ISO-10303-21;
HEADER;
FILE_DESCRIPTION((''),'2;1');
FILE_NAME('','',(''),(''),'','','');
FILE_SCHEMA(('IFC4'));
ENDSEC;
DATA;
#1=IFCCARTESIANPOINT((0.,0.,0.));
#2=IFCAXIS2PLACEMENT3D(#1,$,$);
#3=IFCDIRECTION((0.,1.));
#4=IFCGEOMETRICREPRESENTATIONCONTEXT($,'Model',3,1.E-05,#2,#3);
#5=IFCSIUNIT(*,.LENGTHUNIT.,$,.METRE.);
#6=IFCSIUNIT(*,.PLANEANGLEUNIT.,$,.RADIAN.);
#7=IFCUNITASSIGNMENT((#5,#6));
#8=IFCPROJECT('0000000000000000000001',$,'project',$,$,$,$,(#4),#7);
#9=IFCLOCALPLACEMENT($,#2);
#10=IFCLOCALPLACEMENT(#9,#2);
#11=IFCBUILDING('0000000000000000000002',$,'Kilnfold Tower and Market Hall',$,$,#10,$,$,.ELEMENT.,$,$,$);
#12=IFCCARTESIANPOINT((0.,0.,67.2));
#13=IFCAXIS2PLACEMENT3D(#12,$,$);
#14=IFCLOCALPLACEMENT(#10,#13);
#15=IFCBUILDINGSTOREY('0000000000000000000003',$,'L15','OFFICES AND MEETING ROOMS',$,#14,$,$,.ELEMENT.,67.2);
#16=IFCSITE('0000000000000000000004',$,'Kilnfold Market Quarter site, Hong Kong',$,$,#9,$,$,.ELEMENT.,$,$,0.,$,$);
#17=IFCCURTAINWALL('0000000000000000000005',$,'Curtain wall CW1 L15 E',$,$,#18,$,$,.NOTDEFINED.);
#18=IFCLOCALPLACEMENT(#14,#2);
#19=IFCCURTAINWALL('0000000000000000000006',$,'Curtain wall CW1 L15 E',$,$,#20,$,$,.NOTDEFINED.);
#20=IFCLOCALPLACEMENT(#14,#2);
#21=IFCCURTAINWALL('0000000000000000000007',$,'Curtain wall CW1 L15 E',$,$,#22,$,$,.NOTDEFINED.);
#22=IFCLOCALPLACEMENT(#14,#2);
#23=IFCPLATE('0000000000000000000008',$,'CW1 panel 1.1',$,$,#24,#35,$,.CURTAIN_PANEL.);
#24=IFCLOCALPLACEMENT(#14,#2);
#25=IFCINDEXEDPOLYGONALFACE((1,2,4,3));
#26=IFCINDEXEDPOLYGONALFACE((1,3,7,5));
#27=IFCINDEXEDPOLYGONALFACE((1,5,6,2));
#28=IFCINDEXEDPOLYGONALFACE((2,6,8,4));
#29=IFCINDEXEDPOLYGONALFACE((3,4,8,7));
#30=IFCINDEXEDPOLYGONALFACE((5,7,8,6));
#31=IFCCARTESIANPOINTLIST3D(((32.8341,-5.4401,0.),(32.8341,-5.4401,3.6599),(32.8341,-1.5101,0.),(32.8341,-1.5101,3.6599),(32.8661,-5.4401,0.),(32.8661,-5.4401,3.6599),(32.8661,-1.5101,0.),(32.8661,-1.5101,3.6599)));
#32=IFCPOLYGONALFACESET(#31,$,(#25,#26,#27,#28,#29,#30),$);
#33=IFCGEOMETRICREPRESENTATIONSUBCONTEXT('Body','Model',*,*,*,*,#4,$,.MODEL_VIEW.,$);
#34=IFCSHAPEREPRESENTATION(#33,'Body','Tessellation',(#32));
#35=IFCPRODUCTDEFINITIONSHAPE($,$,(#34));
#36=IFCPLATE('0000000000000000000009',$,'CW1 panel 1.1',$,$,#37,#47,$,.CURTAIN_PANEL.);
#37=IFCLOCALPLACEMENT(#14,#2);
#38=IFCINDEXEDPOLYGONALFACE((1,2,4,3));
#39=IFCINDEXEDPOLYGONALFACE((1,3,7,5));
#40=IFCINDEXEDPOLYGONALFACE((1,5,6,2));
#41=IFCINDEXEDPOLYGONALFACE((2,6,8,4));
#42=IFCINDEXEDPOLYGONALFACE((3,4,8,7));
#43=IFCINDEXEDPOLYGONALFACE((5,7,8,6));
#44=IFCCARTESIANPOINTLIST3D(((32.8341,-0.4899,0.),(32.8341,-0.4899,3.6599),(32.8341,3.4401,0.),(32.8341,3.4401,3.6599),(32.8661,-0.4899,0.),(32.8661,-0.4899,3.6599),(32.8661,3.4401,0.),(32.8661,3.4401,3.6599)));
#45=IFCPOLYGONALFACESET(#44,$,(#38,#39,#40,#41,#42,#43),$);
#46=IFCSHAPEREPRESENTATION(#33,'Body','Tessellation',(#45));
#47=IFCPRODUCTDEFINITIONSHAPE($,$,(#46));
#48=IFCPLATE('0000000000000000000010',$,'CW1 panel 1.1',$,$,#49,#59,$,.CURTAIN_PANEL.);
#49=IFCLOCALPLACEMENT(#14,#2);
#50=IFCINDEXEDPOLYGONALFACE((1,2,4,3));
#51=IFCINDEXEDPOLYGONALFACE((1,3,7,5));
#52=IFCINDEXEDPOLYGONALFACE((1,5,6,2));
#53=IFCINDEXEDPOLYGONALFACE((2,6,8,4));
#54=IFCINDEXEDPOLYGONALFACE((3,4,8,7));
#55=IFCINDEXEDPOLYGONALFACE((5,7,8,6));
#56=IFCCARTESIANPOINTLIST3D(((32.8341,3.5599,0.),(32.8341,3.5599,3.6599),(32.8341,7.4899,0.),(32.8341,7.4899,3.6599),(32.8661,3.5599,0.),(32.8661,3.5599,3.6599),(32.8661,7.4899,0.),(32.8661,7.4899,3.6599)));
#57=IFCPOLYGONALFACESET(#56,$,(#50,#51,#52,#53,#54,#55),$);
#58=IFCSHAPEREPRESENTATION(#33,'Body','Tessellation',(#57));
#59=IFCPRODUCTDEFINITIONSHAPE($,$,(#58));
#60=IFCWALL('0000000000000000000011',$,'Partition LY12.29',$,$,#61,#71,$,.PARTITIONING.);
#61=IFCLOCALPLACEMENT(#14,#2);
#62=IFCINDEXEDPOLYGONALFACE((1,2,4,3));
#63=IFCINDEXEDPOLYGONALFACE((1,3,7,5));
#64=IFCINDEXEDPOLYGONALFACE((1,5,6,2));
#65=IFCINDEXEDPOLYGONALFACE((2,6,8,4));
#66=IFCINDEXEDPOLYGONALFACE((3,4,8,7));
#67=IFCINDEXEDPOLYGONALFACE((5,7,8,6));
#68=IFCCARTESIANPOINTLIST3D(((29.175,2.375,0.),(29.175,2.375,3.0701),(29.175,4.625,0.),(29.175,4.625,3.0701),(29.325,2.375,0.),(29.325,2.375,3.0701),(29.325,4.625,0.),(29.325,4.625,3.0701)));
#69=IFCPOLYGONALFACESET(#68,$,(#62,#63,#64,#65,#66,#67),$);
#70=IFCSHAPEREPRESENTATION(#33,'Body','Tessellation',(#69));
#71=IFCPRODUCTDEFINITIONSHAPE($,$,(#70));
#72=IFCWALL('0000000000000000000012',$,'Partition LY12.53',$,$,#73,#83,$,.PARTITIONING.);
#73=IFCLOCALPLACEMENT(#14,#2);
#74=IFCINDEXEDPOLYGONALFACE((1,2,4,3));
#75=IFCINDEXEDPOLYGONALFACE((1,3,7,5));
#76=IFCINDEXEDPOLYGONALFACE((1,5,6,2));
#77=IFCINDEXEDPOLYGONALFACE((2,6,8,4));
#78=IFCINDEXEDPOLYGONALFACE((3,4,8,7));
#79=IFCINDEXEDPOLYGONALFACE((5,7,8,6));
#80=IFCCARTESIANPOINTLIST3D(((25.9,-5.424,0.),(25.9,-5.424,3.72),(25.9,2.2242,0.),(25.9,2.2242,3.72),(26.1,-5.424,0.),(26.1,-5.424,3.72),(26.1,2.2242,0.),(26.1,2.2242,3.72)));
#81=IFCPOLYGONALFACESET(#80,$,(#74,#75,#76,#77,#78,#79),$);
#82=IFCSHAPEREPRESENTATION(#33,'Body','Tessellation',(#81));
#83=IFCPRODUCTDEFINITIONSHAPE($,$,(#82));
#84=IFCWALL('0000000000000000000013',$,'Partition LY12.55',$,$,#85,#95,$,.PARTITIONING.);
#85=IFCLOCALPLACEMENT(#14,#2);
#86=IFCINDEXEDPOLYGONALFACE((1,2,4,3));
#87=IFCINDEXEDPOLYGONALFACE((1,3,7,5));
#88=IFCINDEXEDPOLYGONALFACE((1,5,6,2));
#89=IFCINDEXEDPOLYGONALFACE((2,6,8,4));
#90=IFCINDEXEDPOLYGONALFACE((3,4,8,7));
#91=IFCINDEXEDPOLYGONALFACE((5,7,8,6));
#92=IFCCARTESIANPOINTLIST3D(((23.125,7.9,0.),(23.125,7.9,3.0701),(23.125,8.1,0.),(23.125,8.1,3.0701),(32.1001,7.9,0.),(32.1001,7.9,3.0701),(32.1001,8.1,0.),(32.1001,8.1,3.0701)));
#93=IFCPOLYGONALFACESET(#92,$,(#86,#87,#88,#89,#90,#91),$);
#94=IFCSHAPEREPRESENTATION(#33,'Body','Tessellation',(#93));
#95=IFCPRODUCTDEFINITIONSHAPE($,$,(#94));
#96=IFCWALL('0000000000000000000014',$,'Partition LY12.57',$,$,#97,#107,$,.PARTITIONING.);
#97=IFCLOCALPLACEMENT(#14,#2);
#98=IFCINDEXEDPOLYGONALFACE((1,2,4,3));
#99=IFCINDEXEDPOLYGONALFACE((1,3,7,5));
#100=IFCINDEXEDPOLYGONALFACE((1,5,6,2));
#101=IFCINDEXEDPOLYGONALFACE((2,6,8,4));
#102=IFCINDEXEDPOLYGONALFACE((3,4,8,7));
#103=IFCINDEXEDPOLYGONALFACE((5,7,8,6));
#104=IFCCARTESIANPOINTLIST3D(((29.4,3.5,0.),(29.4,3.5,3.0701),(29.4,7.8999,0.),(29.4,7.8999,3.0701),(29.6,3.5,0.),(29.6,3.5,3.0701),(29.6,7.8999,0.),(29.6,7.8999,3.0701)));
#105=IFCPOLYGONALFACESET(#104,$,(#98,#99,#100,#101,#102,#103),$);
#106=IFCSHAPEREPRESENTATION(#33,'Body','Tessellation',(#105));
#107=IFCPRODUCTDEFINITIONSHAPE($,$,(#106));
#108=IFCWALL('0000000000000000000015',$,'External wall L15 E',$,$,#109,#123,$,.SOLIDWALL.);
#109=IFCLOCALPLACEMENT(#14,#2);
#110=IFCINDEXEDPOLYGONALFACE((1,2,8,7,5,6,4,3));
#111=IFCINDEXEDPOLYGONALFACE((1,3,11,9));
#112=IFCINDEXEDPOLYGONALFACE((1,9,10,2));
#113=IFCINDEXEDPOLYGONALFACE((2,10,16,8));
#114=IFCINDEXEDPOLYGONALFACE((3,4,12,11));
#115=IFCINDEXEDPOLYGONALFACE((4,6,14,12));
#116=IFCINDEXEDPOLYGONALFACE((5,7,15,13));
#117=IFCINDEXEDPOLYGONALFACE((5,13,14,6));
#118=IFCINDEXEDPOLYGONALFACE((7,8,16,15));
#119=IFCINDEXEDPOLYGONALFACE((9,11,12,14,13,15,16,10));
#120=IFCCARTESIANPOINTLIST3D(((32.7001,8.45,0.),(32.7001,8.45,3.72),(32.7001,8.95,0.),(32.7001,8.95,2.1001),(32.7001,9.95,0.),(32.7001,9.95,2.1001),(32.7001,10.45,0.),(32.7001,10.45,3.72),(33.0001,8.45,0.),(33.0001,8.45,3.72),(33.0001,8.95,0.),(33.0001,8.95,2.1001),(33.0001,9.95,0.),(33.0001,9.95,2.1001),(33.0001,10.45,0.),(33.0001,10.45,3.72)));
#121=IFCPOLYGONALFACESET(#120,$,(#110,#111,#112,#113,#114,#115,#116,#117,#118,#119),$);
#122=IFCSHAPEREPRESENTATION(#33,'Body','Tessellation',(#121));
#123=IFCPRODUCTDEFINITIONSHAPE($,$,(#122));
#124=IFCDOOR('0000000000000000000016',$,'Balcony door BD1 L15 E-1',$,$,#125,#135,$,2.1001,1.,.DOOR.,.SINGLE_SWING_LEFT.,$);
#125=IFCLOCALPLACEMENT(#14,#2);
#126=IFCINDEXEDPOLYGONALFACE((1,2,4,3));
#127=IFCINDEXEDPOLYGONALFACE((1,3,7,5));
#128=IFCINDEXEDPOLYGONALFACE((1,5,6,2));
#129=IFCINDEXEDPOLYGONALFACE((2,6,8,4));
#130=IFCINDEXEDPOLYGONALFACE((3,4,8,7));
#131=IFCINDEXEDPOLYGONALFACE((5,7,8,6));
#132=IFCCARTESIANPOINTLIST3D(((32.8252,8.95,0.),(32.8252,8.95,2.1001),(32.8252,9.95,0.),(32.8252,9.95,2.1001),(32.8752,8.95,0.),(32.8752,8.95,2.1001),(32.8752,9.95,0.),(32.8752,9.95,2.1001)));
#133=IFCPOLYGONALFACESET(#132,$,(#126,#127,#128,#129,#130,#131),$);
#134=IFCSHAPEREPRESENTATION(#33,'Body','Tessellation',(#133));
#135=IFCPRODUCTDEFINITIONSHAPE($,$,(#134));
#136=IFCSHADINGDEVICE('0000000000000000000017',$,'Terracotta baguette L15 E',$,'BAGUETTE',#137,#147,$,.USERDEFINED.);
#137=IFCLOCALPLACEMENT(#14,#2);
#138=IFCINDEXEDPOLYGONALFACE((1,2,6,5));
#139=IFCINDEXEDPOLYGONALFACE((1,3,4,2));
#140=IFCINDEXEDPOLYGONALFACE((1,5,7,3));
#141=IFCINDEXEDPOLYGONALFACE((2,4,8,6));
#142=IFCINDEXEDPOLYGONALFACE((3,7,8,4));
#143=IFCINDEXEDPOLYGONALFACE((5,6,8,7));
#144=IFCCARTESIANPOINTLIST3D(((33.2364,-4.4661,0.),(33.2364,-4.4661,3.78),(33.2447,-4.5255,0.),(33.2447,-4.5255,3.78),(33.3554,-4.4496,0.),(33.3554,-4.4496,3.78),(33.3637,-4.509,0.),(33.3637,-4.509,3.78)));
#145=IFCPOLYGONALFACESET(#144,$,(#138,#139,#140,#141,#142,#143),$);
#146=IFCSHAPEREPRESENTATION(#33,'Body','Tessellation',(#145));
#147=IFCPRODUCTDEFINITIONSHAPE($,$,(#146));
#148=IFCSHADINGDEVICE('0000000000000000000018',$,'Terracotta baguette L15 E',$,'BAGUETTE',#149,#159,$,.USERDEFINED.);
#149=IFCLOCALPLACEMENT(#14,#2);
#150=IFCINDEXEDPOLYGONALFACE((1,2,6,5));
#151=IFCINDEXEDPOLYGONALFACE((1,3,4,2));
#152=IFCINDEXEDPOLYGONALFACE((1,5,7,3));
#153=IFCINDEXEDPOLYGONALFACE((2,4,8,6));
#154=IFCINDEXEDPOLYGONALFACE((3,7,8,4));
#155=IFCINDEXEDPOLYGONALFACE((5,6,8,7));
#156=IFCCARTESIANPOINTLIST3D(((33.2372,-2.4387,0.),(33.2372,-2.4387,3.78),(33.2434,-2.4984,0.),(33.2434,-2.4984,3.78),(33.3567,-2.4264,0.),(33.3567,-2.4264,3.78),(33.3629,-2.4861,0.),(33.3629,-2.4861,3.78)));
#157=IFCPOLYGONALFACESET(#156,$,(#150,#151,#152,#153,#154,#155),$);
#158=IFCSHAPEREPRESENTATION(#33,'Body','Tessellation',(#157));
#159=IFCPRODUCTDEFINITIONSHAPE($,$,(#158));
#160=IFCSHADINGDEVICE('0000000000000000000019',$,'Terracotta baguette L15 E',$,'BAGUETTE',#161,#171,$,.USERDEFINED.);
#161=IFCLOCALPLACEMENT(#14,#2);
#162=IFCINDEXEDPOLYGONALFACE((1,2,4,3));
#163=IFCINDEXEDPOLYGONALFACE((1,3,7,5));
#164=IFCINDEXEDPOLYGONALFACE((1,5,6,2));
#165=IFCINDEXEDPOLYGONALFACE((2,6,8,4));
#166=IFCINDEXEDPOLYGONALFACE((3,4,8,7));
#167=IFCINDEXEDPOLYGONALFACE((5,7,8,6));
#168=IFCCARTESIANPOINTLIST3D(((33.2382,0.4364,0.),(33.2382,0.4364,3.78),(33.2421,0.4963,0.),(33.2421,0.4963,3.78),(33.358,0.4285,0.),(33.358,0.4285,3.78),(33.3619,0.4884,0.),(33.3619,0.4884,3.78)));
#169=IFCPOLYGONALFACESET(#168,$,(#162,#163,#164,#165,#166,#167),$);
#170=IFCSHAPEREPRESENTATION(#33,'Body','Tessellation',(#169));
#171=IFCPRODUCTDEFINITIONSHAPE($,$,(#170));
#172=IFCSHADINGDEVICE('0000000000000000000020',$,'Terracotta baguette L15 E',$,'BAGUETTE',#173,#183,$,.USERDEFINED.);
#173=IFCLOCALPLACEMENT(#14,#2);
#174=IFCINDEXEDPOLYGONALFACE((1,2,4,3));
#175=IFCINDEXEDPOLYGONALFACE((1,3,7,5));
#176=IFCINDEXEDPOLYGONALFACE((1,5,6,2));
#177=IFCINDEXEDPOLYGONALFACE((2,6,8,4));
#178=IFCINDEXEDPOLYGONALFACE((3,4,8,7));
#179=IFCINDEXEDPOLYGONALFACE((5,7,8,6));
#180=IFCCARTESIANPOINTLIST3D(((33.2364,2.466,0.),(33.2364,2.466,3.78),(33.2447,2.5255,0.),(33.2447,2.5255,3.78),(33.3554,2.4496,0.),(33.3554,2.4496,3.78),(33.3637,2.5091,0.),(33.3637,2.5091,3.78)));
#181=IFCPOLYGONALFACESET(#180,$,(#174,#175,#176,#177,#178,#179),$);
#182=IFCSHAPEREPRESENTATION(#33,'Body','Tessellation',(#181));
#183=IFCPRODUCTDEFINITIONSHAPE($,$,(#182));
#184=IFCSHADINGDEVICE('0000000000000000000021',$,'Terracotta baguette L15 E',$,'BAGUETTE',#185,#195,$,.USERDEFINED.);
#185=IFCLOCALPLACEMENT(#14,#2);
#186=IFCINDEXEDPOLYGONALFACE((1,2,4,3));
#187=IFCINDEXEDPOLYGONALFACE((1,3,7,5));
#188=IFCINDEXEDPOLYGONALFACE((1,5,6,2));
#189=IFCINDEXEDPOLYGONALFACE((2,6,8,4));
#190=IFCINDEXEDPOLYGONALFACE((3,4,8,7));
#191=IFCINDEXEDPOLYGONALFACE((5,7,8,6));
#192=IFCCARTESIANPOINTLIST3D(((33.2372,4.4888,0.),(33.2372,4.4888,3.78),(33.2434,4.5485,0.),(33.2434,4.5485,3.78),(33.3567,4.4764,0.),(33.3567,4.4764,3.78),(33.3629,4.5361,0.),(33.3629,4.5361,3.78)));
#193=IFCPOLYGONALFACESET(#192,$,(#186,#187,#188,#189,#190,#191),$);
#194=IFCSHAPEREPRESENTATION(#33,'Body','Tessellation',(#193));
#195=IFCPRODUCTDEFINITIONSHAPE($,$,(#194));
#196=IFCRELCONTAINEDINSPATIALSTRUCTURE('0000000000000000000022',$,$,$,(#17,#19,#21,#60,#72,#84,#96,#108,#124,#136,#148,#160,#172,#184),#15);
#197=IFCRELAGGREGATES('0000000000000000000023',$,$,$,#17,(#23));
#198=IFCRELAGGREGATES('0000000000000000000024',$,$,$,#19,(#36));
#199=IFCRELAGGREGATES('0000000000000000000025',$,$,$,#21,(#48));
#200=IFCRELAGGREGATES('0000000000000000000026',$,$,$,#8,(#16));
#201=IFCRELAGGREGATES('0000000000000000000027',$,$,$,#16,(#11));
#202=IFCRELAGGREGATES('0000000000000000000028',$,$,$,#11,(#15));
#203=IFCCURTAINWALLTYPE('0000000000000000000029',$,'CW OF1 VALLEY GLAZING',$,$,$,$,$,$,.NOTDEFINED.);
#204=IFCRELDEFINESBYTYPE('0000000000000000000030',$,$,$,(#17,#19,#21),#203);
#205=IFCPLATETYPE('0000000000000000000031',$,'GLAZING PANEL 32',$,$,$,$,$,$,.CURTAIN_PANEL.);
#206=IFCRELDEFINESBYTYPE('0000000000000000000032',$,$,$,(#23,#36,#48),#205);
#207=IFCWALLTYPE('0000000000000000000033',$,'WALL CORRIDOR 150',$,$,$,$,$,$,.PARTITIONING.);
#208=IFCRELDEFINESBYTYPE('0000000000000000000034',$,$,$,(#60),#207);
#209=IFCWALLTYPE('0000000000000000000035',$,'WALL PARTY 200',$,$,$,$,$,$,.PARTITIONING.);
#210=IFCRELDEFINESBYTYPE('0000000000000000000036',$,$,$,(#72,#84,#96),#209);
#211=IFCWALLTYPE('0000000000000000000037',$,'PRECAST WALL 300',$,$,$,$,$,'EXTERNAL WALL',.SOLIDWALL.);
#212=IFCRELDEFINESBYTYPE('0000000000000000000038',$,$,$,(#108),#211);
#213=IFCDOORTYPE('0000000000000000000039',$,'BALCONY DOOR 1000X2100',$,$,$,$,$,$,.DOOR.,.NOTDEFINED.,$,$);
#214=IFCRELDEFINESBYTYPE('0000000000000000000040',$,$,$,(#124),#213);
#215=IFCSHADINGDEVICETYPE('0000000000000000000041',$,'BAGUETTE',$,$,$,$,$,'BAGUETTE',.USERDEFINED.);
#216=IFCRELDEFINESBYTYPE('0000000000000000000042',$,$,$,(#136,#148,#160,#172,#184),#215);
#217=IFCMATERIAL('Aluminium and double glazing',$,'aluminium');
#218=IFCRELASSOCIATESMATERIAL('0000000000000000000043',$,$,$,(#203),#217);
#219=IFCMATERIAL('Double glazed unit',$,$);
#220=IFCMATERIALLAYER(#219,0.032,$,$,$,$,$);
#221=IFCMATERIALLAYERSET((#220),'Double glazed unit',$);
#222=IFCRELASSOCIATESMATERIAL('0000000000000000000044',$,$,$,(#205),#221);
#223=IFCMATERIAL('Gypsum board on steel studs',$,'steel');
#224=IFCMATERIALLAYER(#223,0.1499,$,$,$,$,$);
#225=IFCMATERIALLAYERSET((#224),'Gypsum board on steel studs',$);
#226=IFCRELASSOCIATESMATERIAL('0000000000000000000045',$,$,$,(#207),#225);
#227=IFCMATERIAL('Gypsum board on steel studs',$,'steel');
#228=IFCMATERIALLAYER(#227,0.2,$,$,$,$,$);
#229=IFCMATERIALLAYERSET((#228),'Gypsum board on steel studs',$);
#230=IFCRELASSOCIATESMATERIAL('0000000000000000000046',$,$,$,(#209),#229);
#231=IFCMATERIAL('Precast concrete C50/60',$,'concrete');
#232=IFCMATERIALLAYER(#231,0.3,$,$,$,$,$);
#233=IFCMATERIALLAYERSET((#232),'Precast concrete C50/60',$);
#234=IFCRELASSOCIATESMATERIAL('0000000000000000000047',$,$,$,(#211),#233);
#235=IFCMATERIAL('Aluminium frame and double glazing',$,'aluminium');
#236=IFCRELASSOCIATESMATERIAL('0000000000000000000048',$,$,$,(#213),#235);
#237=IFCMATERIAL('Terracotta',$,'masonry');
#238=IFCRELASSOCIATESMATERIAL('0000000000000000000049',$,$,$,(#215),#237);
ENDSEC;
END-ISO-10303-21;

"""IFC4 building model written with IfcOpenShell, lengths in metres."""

from ifc_helpers import new_model, si_unit, direction, frame, frame_2d, origin, origin_2d, place, context, subcontext, project, spatial, rectangle, extrude, source, transform, mapped, material, layer, layer_set, material_profile, profile_set, type_object, element, fill, aggregate, save


model = new_model("IFC4")

# Units and contexts
model_context = context("Model", 3, precision=1e-05, world=origin(), true_north=direction((0.0, 1.0)))
body_context = subcontext(model_context, "Body", "Model", "MODEL_VIEW")
ifc_project = project(units=[si_unit("LENGTHUNIT", "METRE"), si_unit("PLANEANGLEUNIT", "RADIAN")], contexts=[model_context])

# Site, building, storey
site_placement = place(None, origin())
site = spatial("IfcSite", under=ifc_project, at=site_placement, Name="Kilnfold Market Quarter site, Hong Kong", CompositionType="ELEMENT", RefElevation=0.0)
building_placement = place(site_placement, origin())
building = spatial("IfcBuilding", under=site, at=building_placement, Name="Kilnfold Tower and Market Hall", CompositionType="ELEMENT")
storey_placement = place(building_placement, frame((0.0, 0.0, 67.2)))
storey = spatial("IfcBuildingStorey", under=building, at=storey_placement, Name="L15", Description="OFFICES AND MEETING ROOMS", CompositionType="ELEMENT", Elevation=67.2)

# Shared definitions
ifc_material_1 = material(Name="Aluminium and double glazing", Category="aluminium")
curtain_wall_type = type_object("IfcCurtainWallType", Name="CW OF1 VALLEY GLAZING", PredefinedType="NOTDEFINED", material=ifc_material_1)

# Curtain walls
curtain_wall_1_placement = place(storey_placement, origin())
curtain_wall_1 = element("IfcCurtainWall", 1, at=curtain_wall_1_placement, inside=storey, type_object=curtain_wall_type, Name="Curtain wall CW1 L15 E", PredefinedType="NOTDEFINED")
curtain_wall_2_placement = place(storey_placement, origin())
curtain_wall_2 = element("IfcCurtainWall", 2, at=curtain_wall_2_placement, inside=storey, type_object=curtain_wall_type, Name="Curtain wall CW1 L15 E", PredefinedType="NOTDEFINED")
curtain_wall_3_placement = place(storey_placement, origin())
curtain_wall_3 = element("IfcCurtainWall", 3, at=curtain_wall_3_placement, inside=storey, type_object=curtain_wall_type, Name="Curtain wall CW1 L15 E", PredefinedType="NOTDEFINED")

# Plates
ifc_material_2 = material(Name="Double glazed unit")
ifc_layer_1 = layer(ifc_material_2, 0.032)
ifc_layer_set_1 = layer_set([ifc_layer_1], Name="Double glazed unit")
plate_type = type_object("IfcPlateType", Name="GLAZING PANEL 32", PredefinedType="CURTAIN_PANEL", material=ifc_layer_set_1)
shared_shape_1 = source(origin(), body_context, "Body", "SweptSolid", [
    extrude(rectangle(XDim=3.9299, YDim=0.032, at=origin_2d()), origin(), (0.0, 0.0, 1.0), 3.6599),
])
plate_1_placement = place(storey_placement, frame((32.8501, -3.4751, 0.0), z_axis=(0.0, 0.0, 1.0), x_axis=(0.0, 1.0, 0.0)))
plate_1 = element("IfcPlate", 4, at=plate_1_placement, type_object=plate_type, Name="CW1 panel 1.1", PredefinedType="CURTAIN_PANEL", context=body_context, shape_type="MappedRepresentation", body=[
    mapped(shared_shape_1, transform((0.0, 0.0, 0.0))),
])
aggregate(curtain_wall_1, [plate_1])
plate_2_placement = place(storey_placement, frame((32.8501, 1.4751, 0.0), z_axis=(0.0, 0.0, 1.0), x_axis=(0.0, 1.0, 0.0)))
plate_2 = element("IfcPlate", 5, at=plate_2_placement, type_object=plate_type, Name="CW1 panel 1.1", PredefinedType="CURTAIN_PANEL", context=body_context, shape_type="MappedRepresentation", body=[
    mapped(shared_shape_1, transform((0.0, 0.0, 0.0))),
])
aggregate(curtain_wall_2, [plate_2])
plate_3_placement = place(storey_placement, frame((32.8501, 5.5249, 0.0), z_axis=(0.0, 0.0, 1.0), x_axis=(0.0, 1.0, 0.0)))
plate_3 = element("IfcPlate", 6, at=plate_3_placement, type_object=plate_type, Name="CW1 panel 1.1", PredefinedType="CURTAIN_PANEL", context=body_context, shape_type="MappedRepresentation", body=[
    mapped(shared_shape_1, transform((0.0, 0.0, 0.0))),
])
aggregate(curtain_wall_3, [plate_3])

# Walls
ifc_material_3 = material(Name="Gypsum board on steel studs", Category="steel")
ifc_layer_2 = layer(ifc_material_3, 0.1499)
ifc_layer_set_2 = layer_set([ifc_layer_2], Name="Gypsum board on steel studs")
wall_type_1 = type_object("IfcWallType", Name="WALL CORRIDOR 150", PredefinedType="PARTITIONING", material=ifc_layer_set_2)
wall_1_placement = place(storey_placement, frame((29.25, 2.375, 0.0), z_axis=(0.0, 0.0, 1.0), x_axis=(0.0, 1.0, 0.0)))
element("IfcWall", 7, at=wall_1_placement, inside=storey, type_object=wall_type_1, Name="Partition LY12.29", PredefinedType="PARTITIONING", context=body_context, shape_type="SweptSolid", body=[
    extrude(rectangle(XDim=2.25, YDim=0.1499, at=frame_2d((1.125, 0.0))), origin(), (0.0, 0.0, 1.0), 3.0701),
])
ifc_material_4 = material(Name="Gypsum board on steel studs", Category="steel")
ifc_layer_3 = layer(ifc_material_4, 0.2)
ifc_layer_set_3 = layer_set([ifc_layer_3], Name="Gypsum board on steel studs")
wall_type_2 = type_object("IfcWallType", Name="WALL PARTY 200", PredefinedType="PARTITIONING", material=ifc_layer_set_3)
wall_2_placement = place(storey_placement, frame((26.0, -5.4241, 0.0), z_axis=(0.0, 0.0, 1.0), x_axis=(0.0, 1.0, 0.0)))
element("IfcWall", 8, at=wall_2_placement, inside=storey, type_object=wall_type_2, Name="Partition LY12.53", PredefinedType="PARTITIONING", context=body_context, shape_type="SweptSolid", body=[
    extrude(rectangle(XDim=7.6482, YDim=0.2, at=frame_2d((3.8242, 0.0))), origin(), (0.0, 0.0, 1.0), 3.72),
])
wall_3_placement = place(storey_placement, frame((23.125, 8.0, 0.0), z_axis=(0.0, 0.0, 1.0), x_axis=(1.0, 0.0, 0.0)))
element("IfcWall", 9, at=wall_3_placement, inside=storey, type_object=wall_type_2, Name="Partition LY12.55", PredefinedType="PARTITIONING", context=body_context, shape_type="SweptSolid", body=[
    extrude(rectangle(XDim=8.9751, YDim=0.2, at=frame_2d((4.4875, 0.0))), origin(), (0.0, 0.0, 1.0), 3.0701),
])
wall_4_placement = place(storey_placement, frame((29.5, 3.5, 0.0), z_axis=(0.0, 0.0, 1.0), x_axis=(0.0, 1.0, 0.0)))
element("IfcWall", 10, at=wall_4_placement, inside=storey, type_object=wall_type_2, Name="Partition LY12.57", PredefinedType="PARTITIONING", context=body_context, shape_type="SweptSolid", body=[
    extrude(rectangle(XDim=4.3999, YDim=0.2, at=frame_2d((2.2, 0.0))), origin(), (0.0, 0.0, 1.0), 3.0701),
])

# Wall, opening, door
ifc_material_5 = material(Name="Precast concrete C50/60", Category="concrete")
ifc_layer_4 = layer(ifc_material_5, 0.3)
ifc_layer_set_4 = layer_set([ifc_layer_4], Name="Precast concrete C50/60")
wall_type_3 = type_object("IfcWallType", Name="PRECAST WALL 300", ElementType="EXTERNAL WALL", PredefinedType="SOLIDWALL", material=ifc_layer_set_4)
shared_shape_2 = source(origin(), body_context, "Body", "SweptSolid", [
    extrude(rectangle(XDim=2.0, YDim=0.3, at=frame_2d((1.0, 0.0))), origin(), (0.0, 0.0, 1.0), 3.72),
])
wall_5_placement = place(storey_placement, frame((32.8501, 8.45, 0.0), z_axis=(0.0, 0.0, 1.0), x_axis=(0.0, 1.0, 0.0)))
wall_5 = element("IfcWall", 11, at=wall_5_placement, inside=storey, type_object=wall_type_3, Name="External wall L15 E", PredefinedType="SOLIDWALL", context=body_context, shape_type="MappedRepresentation", body=[
    mapped(shared_shape_2, transform((0.0, 0.0, 0.0))),
])
opening_placement = place(wall_5_placement, frame((0.5, 0.0, 0.0)))
opening = element("IfcOpeningElement", 12, at=opening_placement, cuts=wall_5, PredefinedType="OPENING", context=body_context, shape_type="SweptSolid", body=[
    extrude(rectangle(XDim=1.0, YDim=2.1001, at=frame_2d((0.5, 1.05))), frame((0.0, 0.1602, 0.0), z_axis=(0.0, -1.0, 0.0), x_axis=(1.0, 0.0, 0.0)), (0.0, 0.0, 1.0), 0.3201),
])
ifc_material_6 = material(Name="Aluminium frame and double glazing", Category="aluminium")
door_type = type_object("IfcDoorType", Name="BALCONY DOOR 1000X2100", OperationType="NOTDEFINED", PredefinedType="DOOR", material=ifc_material_6)
door_placement = place(opening_placement, origin())
door = element("IfcDoor", 13, at=door_placement, inside=storey, type_object=door_type, Name="Balcony door BD1 L15 E-1", OperationType="SINGLE_SWING_LEFT", OverallHeight=2.1001, OverallWidth=1.0, PredefinedType="DOOR", context=body_context, shape_type="SweptSolid", body=[
    extrude(rectangle(XDim=1.0, YDim=2.1001, at=frame_2d((0.5, 1.05))), frame((0.0, 0.0249, 0.0), z_axis=(0.0, -1.0, 0.0), x_axis=(1.0, 0.0, 0.0)), (0.0, 0.0, 1.0), 0.05),
])
fill(opening, door)

# Shading devices
ifc_material_7 = material(Name="Terracotta", Category="masonry")
ifc_material_profile_1 = material_profile(ifc_material_7, rectangle(XDim=0.0601, YDim=0.1201, at=origin_2d()), Name="BAG 60x120")
ifc_profile_set_1 = profile_set([ifc_material_profile_1], Name="Terracotta")
shading_device_type = type_object("IfcShadingDeviceType", Name="BAGUETTE", ElementType="BAGUETTE", PredefinedType="USERDEFINED", material=ifc_profile_set_1)
shared_shape_3 = source(origin(), body_context, "Body", "SweptSolid", [
    extrude(rectangle(XDim=0.0601, YDim=0.1201, at=origin_2d()), origin(), (0.0, 0.0, 1.0), 3.78),
])
for number, where, z_axis, x_axis, name in (
    (14, (33.3, -4.4875, 0.0), (0.0, 0.0, 1.0), (-0.137334, 0.990525, 0.0), "Terracotta baguette L15 E"),
    (15, (33.3, -2.4624, 0.0), (0.0, 0.0, 1.0), (-0.102404, 0.994743, 0.0), "Terracotta baguette L15 E"),
    (16, (33.3, 0.4624, 0.0), (0.0, 0.0, 1.0), (0.065358, 0.997862, 0.0), "Terracotta baguette L15 E"),
    (17, (33.3, 2.4875, 0.0), (0.0, 0.0, 1.0), (0.137073, 0.990561, 0.0), "Terracotta baguette L15 E"),
    (18, (33.3, 4.5125, 0.0), (0.0, 0.0, 1.0), (0.103456, 0.994634, 0.0), "Terracotta baguette L15 E"),
):
    element("IfcShadingDevice", number, at=place(storey_placement, frame(where, z_axis=z_axis, x_axis=x_axis)), inside=storey, type_object=shading_device_type, Name=name, ObjectType="BAGUETTE", PredefinedType="USERDEFINED", context=body_context, shape_type="MappedRepresentation", body=[
        mapped(shared_shape_3, transform((0.0, 0.0, 0.0))),
    ])

save(model, "model.ifc")
